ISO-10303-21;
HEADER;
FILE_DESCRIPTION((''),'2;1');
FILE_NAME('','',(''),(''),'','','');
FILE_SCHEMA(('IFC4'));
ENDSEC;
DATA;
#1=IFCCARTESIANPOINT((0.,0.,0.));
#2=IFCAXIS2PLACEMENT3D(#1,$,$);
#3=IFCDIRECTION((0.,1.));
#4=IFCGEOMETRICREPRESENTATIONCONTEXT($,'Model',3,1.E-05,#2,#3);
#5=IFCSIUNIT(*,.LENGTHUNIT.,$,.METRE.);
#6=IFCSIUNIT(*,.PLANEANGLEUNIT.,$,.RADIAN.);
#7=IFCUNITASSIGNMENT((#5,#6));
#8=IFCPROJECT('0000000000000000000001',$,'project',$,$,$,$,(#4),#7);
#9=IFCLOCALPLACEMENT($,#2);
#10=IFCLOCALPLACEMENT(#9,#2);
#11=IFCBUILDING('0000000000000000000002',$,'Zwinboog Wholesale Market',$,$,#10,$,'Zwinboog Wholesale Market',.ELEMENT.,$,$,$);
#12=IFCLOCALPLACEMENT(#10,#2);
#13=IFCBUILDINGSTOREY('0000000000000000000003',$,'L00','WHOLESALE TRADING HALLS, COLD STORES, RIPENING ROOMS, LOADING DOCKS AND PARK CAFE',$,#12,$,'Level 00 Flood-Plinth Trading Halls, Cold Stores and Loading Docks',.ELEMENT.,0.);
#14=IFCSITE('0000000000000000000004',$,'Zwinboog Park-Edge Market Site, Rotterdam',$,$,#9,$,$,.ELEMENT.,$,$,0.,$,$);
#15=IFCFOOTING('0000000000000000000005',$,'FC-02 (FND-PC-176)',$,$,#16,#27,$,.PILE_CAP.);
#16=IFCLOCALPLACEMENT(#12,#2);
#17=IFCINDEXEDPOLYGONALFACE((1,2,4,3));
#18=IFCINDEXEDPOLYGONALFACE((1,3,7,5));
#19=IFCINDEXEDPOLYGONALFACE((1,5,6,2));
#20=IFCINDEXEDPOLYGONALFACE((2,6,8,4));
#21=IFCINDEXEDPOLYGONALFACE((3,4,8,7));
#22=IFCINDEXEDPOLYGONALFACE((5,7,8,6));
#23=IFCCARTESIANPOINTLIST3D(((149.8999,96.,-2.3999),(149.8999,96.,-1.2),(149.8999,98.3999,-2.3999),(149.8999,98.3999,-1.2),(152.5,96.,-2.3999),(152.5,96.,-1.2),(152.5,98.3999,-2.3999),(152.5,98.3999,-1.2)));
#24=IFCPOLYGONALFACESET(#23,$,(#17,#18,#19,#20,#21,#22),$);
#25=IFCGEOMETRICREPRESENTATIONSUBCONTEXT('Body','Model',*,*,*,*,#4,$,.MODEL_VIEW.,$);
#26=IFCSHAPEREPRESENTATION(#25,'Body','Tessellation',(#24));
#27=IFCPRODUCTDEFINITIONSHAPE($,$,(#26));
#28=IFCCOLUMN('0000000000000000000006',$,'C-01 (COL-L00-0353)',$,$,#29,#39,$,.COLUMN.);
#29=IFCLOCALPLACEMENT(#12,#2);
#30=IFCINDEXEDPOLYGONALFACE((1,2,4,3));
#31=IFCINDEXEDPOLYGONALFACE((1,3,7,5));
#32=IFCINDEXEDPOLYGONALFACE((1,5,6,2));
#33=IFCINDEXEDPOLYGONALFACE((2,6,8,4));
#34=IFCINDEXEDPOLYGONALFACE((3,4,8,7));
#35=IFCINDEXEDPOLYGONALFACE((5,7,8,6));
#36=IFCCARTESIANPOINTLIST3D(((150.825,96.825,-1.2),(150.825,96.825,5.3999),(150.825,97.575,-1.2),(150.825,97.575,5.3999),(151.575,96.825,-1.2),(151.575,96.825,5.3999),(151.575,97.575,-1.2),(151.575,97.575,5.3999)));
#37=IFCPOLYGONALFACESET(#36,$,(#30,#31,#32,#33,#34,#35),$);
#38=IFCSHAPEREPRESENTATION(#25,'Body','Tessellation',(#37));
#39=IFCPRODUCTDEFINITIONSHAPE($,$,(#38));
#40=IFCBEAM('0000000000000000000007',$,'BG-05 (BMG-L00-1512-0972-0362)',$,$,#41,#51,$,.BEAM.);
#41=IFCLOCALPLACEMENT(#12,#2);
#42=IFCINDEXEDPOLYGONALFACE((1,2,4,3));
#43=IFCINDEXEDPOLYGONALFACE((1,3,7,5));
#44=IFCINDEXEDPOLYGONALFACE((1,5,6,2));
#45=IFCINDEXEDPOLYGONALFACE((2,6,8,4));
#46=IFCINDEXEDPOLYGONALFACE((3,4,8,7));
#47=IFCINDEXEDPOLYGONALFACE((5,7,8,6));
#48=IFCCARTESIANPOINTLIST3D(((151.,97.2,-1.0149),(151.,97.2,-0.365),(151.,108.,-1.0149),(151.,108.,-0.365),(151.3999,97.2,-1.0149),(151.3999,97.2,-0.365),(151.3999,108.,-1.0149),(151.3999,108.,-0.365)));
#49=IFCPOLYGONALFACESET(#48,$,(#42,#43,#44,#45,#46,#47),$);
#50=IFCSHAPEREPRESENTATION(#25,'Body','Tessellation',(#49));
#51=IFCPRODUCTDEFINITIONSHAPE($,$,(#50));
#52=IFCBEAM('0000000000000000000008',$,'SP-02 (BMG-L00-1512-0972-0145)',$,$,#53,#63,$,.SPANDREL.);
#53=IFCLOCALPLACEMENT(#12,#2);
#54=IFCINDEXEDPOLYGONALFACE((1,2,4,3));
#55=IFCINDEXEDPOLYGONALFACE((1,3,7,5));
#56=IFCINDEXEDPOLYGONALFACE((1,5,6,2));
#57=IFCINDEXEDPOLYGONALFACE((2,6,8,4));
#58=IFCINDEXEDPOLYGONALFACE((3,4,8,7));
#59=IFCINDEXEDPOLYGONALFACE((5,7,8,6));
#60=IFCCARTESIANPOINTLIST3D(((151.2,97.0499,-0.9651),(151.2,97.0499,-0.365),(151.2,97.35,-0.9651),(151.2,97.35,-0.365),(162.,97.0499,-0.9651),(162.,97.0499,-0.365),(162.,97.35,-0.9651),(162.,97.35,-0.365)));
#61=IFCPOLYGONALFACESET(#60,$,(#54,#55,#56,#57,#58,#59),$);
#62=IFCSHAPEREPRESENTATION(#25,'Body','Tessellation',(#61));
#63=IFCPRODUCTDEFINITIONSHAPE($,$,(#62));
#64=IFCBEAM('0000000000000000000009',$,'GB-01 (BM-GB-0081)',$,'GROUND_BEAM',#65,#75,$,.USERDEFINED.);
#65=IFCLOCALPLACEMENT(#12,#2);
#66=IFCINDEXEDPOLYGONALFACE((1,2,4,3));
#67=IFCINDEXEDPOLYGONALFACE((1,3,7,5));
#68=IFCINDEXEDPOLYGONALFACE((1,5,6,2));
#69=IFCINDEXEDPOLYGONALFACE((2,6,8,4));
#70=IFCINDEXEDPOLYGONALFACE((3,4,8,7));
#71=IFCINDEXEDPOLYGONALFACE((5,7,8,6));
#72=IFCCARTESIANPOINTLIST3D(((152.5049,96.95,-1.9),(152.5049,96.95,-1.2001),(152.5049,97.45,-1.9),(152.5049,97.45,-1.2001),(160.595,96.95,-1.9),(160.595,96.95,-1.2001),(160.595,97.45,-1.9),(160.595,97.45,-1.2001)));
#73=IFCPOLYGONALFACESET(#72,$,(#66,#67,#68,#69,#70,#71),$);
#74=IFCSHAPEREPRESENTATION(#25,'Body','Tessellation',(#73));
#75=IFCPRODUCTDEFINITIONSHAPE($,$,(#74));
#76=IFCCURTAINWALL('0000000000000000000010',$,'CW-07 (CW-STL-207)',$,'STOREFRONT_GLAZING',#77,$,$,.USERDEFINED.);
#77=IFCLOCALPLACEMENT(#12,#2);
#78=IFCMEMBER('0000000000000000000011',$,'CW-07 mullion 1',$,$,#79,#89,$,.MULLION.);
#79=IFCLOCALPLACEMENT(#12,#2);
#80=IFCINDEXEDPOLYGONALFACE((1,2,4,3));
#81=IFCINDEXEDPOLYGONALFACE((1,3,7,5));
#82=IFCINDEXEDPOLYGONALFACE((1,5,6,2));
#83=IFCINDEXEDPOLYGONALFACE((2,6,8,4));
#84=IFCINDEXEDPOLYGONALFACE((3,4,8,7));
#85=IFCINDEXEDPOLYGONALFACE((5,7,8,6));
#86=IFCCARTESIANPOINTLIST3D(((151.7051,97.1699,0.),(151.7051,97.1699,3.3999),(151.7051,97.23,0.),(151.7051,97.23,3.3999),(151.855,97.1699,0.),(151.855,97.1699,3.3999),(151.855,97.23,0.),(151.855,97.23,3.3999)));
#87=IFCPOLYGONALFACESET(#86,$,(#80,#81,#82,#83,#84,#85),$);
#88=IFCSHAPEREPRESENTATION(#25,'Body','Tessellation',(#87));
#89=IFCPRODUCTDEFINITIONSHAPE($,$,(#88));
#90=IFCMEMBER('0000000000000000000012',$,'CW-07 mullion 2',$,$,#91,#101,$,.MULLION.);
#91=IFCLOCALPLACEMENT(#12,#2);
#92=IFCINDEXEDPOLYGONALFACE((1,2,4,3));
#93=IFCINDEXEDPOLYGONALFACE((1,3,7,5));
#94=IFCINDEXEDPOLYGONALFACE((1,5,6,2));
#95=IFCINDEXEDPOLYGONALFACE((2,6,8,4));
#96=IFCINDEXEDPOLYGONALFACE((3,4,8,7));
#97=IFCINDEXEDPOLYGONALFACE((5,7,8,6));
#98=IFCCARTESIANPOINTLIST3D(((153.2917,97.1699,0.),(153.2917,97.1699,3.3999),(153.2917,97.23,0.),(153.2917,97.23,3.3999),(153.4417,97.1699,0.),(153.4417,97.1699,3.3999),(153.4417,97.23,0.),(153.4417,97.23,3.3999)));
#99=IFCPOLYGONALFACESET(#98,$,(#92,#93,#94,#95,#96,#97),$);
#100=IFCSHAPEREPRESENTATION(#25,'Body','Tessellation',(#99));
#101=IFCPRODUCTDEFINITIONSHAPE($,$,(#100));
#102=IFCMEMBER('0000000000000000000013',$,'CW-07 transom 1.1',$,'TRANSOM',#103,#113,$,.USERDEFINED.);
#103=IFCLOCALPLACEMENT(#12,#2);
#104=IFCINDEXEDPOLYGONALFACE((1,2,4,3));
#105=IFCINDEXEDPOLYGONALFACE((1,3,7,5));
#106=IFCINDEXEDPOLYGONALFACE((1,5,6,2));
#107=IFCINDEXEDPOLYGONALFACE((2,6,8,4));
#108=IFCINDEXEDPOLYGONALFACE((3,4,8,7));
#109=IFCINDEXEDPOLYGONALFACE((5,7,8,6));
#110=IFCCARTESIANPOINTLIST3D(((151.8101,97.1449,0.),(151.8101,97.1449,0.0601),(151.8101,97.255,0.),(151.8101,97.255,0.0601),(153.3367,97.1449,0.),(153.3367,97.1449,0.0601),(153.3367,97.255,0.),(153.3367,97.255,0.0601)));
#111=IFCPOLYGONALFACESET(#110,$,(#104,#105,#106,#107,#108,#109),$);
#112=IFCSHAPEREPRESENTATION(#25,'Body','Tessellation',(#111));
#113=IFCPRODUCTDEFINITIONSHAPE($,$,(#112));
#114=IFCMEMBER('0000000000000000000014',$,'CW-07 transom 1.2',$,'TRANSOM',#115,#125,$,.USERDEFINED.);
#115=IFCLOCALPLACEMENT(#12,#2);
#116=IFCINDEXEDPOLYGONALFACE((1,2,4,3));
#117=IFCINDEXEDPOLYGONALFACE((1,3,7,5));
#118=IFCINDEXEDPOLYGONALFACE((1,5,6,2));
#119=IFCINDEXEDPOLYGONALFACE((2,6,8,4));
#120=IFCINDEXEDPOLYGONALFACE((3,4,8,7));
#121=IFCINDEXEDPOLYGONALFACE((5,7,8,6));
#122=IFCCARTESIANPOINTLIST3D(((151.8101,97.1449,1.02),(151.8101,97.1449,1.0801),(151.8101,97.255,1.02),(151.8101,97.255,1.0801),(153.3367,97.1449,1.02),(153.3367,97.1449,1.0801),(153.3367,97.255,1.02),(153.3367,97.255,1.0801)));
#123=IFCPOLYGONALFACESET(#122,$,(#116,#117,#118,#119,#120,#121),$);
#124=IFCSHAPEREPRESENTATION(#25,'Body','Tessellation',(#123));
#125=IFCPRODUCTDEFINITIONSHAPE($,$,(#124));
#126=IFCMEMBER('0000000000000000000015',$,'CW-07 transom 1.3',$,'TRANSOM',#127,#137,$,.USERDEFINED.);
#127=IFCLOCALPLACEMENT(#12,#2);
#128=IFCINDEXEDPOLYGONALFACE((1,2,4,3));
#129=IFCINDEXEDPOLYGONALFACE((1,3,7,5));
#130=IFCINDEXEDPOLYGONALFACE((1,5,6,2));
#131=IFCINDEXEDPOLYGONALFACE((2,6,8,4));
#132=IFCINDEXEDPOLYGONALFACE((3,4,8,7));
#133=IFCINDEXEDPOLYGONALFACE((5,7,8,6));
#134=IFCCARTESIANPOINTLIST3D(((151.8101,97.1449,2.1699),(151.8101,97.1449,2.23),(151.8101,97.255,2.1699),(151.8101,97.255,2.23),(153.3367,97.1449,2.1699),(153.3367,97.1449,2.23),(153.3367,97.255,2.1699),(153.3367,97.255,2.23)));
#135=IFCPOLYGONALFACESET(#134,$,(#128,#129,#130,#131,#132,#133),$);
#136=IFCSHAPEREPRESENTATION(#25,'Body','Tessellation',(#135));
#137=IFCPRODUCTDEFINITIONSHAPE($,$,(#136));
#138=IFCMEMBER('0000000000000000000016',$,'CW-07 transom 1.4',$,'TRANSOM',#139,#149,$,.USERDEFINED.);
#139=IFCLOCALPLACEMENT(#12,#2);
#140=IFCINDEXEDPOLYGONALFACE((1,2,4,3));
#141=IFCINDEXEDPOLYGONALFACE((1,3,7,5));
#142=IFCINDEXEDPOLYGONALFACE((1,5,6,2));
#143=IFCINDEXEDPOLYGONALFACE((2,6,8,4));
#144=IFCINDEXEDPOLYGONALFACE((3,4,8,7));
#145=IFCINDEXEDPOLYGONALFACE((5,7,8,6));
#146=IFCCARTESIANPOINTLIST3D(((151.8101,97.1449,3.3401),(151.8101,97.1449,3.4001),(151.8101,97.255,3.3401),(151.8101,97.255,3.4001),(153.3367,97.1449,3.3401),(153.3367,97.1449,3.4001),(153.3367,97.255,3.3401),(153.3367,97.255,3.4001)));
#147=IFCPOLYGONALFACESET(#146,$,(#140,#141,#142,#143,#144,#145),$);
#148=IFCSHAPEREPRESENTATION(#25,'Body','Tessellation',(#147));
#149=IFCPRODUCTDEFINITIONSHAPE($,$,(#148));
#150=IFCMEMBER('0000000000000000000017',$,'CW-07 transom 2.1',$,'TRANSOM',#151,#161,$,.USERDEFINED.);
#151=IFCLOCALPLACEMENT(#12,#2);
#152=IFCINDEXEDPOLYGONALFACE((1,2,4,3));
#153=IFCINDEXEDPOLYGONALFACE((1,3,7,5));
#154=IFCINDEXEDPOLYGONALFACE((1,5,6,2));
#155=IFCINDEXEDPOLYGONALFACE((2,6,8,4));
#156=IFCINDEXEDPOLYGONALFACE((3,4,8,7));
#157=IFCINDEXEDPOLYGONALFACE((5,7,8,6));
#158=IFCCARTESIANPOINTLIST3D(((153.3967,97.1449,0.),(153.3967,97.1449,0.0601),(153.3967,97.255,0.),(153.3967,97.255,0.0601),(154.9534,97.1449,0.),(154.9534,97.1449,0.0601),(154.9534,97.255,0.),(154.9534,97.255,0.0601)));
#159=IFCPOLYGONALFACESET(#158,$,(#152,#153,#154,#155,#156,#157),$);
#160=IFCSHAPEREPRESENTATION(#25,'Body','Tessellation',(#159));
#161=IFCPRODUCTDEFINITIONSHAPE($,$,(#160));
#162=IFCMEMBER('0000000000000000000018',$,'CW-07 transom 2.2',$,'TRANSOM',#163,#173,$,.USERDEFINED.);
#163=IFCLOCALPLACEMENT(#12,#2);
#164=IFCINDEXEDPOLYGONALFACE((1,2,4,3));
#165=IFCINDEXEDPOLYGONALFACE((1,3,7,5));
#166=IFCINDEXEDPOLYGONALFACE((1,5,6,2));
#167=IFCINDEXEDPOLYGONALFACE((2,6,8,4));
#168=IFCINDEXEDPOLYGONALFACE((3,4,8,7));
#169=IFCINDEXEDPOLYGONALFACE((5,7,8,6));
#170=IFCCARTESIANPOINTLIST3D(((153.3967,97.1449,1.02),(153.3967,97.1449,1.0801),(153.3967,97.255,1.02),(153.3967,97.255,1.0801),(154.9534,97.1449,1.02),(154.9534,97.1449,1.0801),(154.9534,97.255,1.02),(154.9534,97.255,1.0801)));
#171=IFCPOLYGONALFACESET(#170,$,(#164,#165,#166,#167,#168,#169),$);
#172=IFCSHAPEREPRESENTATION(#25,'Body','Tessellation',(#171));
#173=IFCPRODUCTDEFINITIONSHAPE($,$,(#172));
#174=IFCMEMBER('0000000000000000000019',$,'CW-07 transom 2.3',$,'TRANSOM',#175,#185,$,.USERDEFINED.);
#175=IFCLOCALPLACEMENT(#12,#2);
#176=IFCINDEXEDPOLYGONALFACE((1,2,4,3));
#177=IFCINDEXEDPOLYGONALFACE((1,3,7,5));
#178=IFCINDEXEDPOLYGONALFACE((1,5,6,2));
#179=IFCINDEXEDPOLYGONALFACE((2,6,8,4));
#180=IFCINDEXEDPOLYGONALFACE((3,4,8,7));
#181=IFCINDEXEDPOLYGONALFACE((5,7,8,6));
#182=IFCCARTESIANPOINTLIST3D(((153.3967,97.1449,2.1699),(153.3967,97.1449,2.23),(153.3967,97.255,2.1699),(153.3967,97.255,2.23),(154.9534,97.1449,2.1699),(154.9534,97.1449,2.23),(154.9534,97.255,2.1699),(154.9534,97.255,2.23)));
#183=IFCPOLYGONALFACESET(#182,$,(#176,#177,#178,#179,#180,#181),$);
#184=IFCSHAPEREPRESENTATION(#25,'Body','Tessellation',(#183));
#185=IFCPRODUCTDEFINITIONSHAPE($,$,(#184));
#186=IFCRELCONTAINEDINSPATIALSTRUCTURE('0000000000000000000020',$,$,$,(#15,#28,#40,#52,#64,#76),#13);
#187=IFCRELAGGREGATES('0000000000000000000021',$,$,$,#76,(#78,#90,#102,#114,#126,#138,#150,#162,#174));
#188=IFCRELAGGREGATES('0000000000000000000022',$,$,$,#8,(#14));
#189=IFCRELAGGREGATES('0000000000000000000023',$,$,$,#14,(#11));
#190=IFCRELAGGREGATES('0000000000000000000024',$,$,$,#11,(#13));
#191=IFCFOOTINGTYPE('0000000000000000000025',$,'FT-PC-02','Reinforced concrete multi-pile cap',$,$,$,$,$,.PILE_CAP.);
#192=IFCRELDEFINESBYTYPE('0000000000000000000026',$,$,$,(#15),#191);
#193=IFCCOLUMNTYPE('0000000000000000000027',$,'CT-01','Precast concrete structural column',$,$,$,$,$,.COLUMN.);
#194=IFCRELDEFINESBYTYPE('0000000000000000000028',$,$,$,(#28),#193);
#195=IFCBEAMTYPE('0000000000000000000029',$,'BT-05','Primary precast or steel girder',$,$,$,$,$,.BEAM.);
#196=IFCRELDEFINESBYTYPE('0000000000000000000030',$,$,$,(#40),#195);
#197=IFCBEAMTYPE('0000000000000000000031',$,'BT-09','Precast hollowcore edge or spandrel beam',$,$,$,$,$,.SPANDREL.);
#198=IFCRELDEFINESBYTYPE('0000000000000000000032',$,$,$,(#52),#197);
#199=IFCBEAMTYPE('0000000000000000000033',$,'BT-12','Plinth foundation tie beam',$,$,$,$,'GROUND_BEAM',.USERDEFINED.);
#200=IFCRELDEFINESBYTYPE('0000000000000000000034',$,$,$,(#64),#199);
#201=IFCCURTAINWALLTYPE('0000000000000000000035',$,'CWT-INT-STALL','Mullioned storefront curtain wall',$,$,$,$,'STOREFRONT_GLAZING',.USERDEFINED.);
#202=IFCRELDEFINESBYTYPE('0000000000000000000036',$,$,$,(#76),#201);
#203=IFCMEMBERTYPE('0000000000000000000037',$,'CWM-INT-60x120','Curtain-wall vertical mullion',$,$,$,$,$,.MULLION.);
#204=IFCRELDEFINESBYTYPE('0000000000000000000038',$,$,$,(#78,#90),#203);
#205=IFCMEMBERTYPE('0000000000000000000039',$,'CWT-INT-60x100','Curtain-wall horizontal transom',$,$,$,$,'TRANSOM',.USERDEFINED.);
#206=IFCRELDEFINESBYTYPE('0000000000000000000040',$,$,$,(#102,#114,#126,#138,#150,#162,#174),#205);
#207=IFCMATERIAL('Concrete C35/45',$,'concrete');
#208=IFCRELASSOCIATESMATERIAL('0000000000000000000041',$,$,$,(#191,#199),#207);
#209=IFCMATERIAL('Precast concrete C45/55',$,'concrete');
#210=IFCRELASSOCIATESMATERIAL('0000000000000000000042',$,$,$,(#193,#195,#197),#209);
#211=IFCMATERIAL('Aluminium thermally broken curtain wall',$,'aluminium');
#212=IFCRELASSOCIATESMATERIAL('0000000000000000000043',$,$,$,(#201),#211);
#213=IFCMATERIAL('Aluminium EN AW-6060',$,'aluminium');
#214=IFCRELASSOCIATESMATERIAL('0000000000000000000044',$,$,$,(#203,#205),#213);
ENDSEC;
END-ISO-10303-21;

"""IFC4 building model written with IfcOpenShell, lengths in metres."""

from ifc_helpers import new_model, si_unit, direction, frame, origin, origin_2d, place, context, subcontext, project, spatial, rectangle, extrude, material, material_profile, profile_set, type_object, element, aggregate, save


model = new_model("IFC4")

# Units and contexts
model_context = context("Model", 3, precision=1e-05, world=origin(), true_north=direction((0.0, 1.0)))
body_context = subcontext(model_context, "Body", "Model", "MODEL_VIEW")
ifc_project = project(units=[si_unit("LENGTHUNIT", "METRE"), si_unit("PLANEANGLEUNIT", "RADIAN")], contexts=[model_context])

# Site, building, storey
site_placement = place(None, origin())
site = spatial("IfcSite", under=ifc_project, at=site_placement, Name="Zwinboog Park-Edge Market Site, Rotterdam", CompositionType="ELEMENT", RefElevation=0.0)
building_placement = place(site_placement, origin())
building = spatial("IfcBuilding", under=site, at=building_placement, Name="Zwinboog Wholesale Market", LongName="Zwinboog Wholesale Market", CompositionType="ELEMENT")
storey_placement = place(building_placement, origin())
storey = spatial("IfcBuildingStorey", under=building, at=storey_placement, Name="L00", Description="WHOLESALE TRADING HALLS, COLD STORES, RIPENING ROOMS, LOADING DOCKS AND PARK CAFE", LongName="Level 00 Flood-Plinth Trading Halls, Cold Stores and Loading Docks", CompositionType="ELEMENT", Elevation=0.0)

# Footing
ifc_material_1 = material(Name="Concrete C35/45", Category="concrete")
footing_type = type_object("IfcFootingType", Name="FT-PC-02", Description="Reinforced concrete multi-pile cap", PredefinedType="PILE_CAP", material=ifc_material_1)
footing_placement = place(storey_placement, frame((151.2, 97.2, -2.3999), z_axis=(0.0, 0.0, 1.0), x_axis=(1.0, 0.0, 0.0)))
element("IfcFooting", 1, at=footing_placement, inside=storey, type_object=footing_type, Name="FC-02 (FND-PC-176)", PredefinedType="PILE_CAP", context=body_context, shape_type="SweptSolid", body=[
    extrude(rectangle(XDim=2.6001, YDim=2.3999, at=origin_2d()), origin(), (0.0, 0.0, 1.0), 1.2),
])

# Column
ifc_material_2 = material(Name="Precast concrete C45/55", Category="concrete")
ifc_material_profile_1 = material_profile(ifc_material_2, rectangle(XDim=0.75, YDim=0.75, at=origin_2d()), Name="PC 750x750")
ifc_profile_set_1 = profile_set([ifc_material_profile_1], Name="Precast concrete C45/55")
column_type = type_object("IfcColumnType", Name="CT-01", Description="Precast concrete structural column", PredefinedType="COLUMN", material=ifc_profile_set_1)
column_placement = place(storey_placement, frame((151.2, 97.2, -1.2), z_axis=(0.0, 0.0, 1.0), x_axis=(1.0, 0.0, 0.0)))
element("IfcColumn", 2, at=column_placement, inside=storey, type_object=column_type, Name="C-01 (COL-L00-0353)", PredefinedType="COLUMN", context=body_context, shape_type="SweptSolid", body=[
    extrude(rectangle(XDim=0.75, YDim=0.75, at=origin_2d()), origin(), (0.0, 0.0, 1.0), 6.5999),
])

# Beams
ifc_material_profile_2 = material_profile(ifc_material_2, rectangle(XDim=0.3999, YDim=0.6499, at=origin_2d()), Name="PC 400x650")
ifc_profile_set_2 = profile_set([ifc_material_profile_2], Name="Precast concrete C45/55")
beam_type_1 = type_object("IfcBeamType", Name="BT-05", Description="Primary precast or steel girder", PredefinedType="BEAM", material=ifc_profile_set_2)
beam_1_placement = place(storey_placement, frame((151.2, 97.2, -0.6899), z_axis=(0.0, 1.0, 0.0), x_axis=(-1.0, 0.0, 0.0)))
element("IfcBeam", 3, at=beam_1_placement, inside=storey, type_object=beam_type_1, Name="BG-05 (BMG-L00-1512-0972-0362)", PredefinedType="BEAM", context=body_context, shape_type="SweptSolid", body=[
    extrude(rectangle(XDim=0.3999, YDim=0.6499, at=origin_2d()), origin(), (0.0, 0.0, 1.0), 10.8),
])
ifc_material_profile_3 = material_profile(ifc_material_2, rectangle(XDim=0.3, YDim=0.6001, at=origin_2d()), Name="PC 300x600")
ifc_profile_set_3 = profile_set([ifc_material_profile_3], Name="Precast concrete C45/55")
beam_type_2 = type_object("IfcBeamType", Name="BT-09", Description="Precast hollowcore edge or spandrel beam", PredefinedType="SPANDREL", material=ifc_profile_set_3)
beam_2_placement = place(storey_placement, frame((151.2, 97.2, -0.665), z_axis=(1.0, 0.0, 0.0), x_axis=(0.0, 1.0, 0.0)))
element("IfcBeam", 4, at=beam_2_placement, inside=storey, type_object=beam_type_2, Name="SP-02 (BMG-L00-1512-0972-0145)", PredefinedType="SPANDREL", context=body_context, shape_type="SweptSolid", body=[
    extrude(rectangle(XDim=0.3, YDim=0.6001, at=origin_2d()), origin(), (0.0, 0.0, 1.0), 10.8),
])
ifc_material_profile_4 = material_profile(ifc_material_1, rectangle(XDim=0.5, YDim=0.7, at=origin_2d()), Name="RC 500x700")
ifc_profile_set_4 = profile_set([ifc_material_profile_4], Name="Concrete C35/45")
beam_type_3 = type_object("IfcBeamType", Name="BT-12", Description="Plinth foundation tie beam", ElementType="GROUND_BEAM", PredefinedType="USERDEFINED", material=ifc_profile_set_4)
beam_3_placement = place(storey_placement, frame((152.5049, 97.2, -1.55), z_axis=(1.0, 0.0, 0.0), x_axis=(0.0, 1.0, 0.0)))
element("IfcBeam", 5, at=beam_3_placement, inside=storey, type_object=beam_type_3, Name="GB-01 (BM-GB-0081)", ObjectType="GROUND_BEAM", PredefinedType="USERDEFINED", context=body_context, shape_type="SweptSolid", body=[
    extrude(rectangle(XDim=0.5, YDim=0.7, at=origin_2d()), origin(), (0.0, 0.0, 1.0), 8.0901),
])

# Curtain wall, members
ifc_material_3 = material(Name="Aluminium thermally broken curtain wall", Category="aluminium")
curtain_wall_type = type_object("IfcCurtainWallType", Name="CWT-INT-STALL", Description="Mullioned storefront curtain wall", ElementType="STOREFRONT_GLAZING", PredefinedType="USERDEFINED", material=ifc_material_3)
curtain_wall_placement = place(storey_placement, origin())
curtain_wall = element("IfcCurtainWall", 6, at=curtain_wall_placement, inside=storey, type_object=curtain_wall_type, Name="CW-07 (CW-STL-207)", ObjectType="STOREFRONT_GLAZING", PredefinedType="USERDEFINED")
ifc_material_4 = material(Name="Aluminium EN AW-6060", Category="aluminium")
ifc_material_profile_5 = material_profile(ifc_material_4, rectangle(XDim=0.0601, YDim=0.1499, at=origin_2d()), Name="AL 60x150")
ifc_profile_set_5 = profile_set([ifc_material_profile_5], Name="Aluminium EN AW-6060")
member_type_1 = type_object("IfcMemberType", Name="CWM-INT-60x120", Description="Curtain-wall vertical mullion", PredefinedType="MULLION", material=ifc_profile_set_5)
member_1_placement = place(storey_placement, frame((151.78, 97.2, 0.0), z_axis=(0.0, 0.0, 1.0), x_axis=(0.0, 1.0, 0.0)))
member_1 = element("IfcMember", 7, at=member_1_placement, type_object=member_type_1, Name="CW-07 mullion 1", PredefinedType="MULLION", context=body_context, shape_type="SweptSolid", body=[
    extrude(rectangle(XDim=0.0601, YDim=0.1499, at=origin_2d()), origin(), (0.0, 0.0, 1.0), 3.3999),
])
member_2_placement = place(storey_placement, frame((153.3667, 97.2, 0.0), z_axis=(0.0, 0.0, 1.0), x_axis=(0.0, 1.0, 0.0)))
member_2 = element("IfcMember", 8, at=member_2_placement, type_object=member_type_1, Name="CW-07 mullion 2", PredefinedType="MULLION", context=body_context, shape_type="SweptSolid", body=[
    extrude(rectangle(XDim=0.0601, YDim=0.1499, at=origin_2d()), origin(), (0.0, 0.0, 1.0), 3.3999),
])
ifc_material_profile_6 = material_profile(ifc_material_4, rectangle(XDim=0.1101, YDim=0.0601, at=origin_2d()), Name="AL 60x110")
ifc_profile_set_6 = profile_set([ifc_material_profile_6], Name="Aluminium EN AW-6060")
member_type_2 = type_object("IfcMemberType", Name="CWT-INT-60x100", Description="Curtain-wall horizontal transom", ElementType="TRANSOM", PredefinedType="USERDEFINED", material=ifc_profile_set_6)
member_3_placement = place(storey_placement, frame((151.8101, 97.2, 0.03), z_axis=(1.0, 0.0, 0.0), x_axis=(0.0, 1.0, 0.0)))
member_3 = element("IfcMember", 9, at=member_3_placement, type_object=member_type_2, Name="CW-07 transom 1.1", ObjectType="TRANSOM", PredefinedType="USERDEFINED", context=body_context, shape_type="SweptSolid", body=[
    extrude(rectangle(XDim=0.1101, YDim=0.0601, at=origin_2d()), origin(), (0.0, 0.0, 1.0), 1.5266),
])
member_4_placement = place(storey_placement, frame((151.8101, 97.2, 1.05), z_axis=(1.0, 0.0, 0.0), x_axis=(0.0, 1.0, 0.0)))
member_4 = element("IfcMember", 10, at=member_4_placement, type_object=member_type_2, Name="CW-07 transom 1.2", ObjectType="TRANSOM", PredefinedType="USERDEFINED", context=body_context, shape_type="SweptSolid", body=[
    extrude(rectangle(XDim=0.1101, YDim=0.0601, at=origin_2d()), origin(), (0.0, 0.0, 1.0), 1.5266),
])
member_5_placement = place(storey_placement, frame((151.8101, 97.2, 2.2), z_axis=(1.0, 0.0, 0.0), x_axis=(0.0, 1.0, 0.0)))
member_5 = element("IfcMember", 11, at=member_5_placement, type_object=member_type_2, Name="CW-07 transom 1.3", ObjectType="TRANSOM", PredefinedType="USERDEFINED", context=body_context, shape_type="SweptSolid", body=[
    extrude(rectangle(XDim=0.1101, YDim=0.0601, at=origin_2d()), origin(), (0.0, 0.0, 1.0), 1.5266),
])
member_6_placement = place(storey_placement, frame((151.8101, 97.2, 3.3701), z_axis=(1.0, 0.0, 0.0), x_axis=(0.0, 1.0, 0.0)))
member_6 = element("IfcMember", 12, at=member_6_placement, type_object=member_type_2, Name="CW-07 transom 1.4", ObjectType="TRANSOM", PredefinedType="USERDEFINED", context=body_context, shape_type="SweptSolid", body=[
    extrude(rectangle(XDim=0.1101, YDim=0.0601, at=origin_2d()), origin(), (0.0, 0.0, 1.0), 1.5266),
])
member_7_placement = place(storey_placement, frame((153.3967, 97.2, 0.03), z_axis=(1.0, 0.0, 0.0), x_axis=(0.0, 1.0, 0.0)))
member_7 = element("IfcMember", 13, at=member_7_placement, type_object=member_type_2, Name="CW-07 transom 2.1", ObjectType="TRANSOM", PredefinedType="USERDEFINED", context=body_context, shape_type="SweptSolid", body=[
    extrude(rectangle(XDim=0.1101, YDim=0.0601, at=origin_2d()), origin(), (0.0, 0.0, 1.0), 1.5566),
])
member_8_placement = place(storey_placement, frame((153.3967, 97.2, 1.05), z_axis=(1.0, 0.0, 0.0), x_axis=(0.0, 1.0, 0.0)))
member_8 = element("IfcMember", 14, at=member_8_placement, type_object=member_type_2, Name="CW-07 transom 2.2", ObjectType="TRANSOM", PredefinedType="USERDEFINED", context=body_context, shape_type="SweptSolid", body=[
    extrude(rectangle(XDim=0.1101, YDim=0.0601, at=origin_2d()), origin(), (0.0, 0.0, 1.0), 1.5566),
])
member_9_placement = place(storey_placement, frame((153.3967, 97.2, 2.2), z_axis=(1.0, 0.0, 0.0), x_axis=(0.0, 1.0, 0.0)))
member_9 = element("IfcMember", 15, at=member_9_placement, type_object=member_type_2, Name="CW-07 transom 2.3", ObjectType="TRANSOM", PredefinedType="USERDEFINED", context=body_context, shape_type="SweptSolid", body=[
    extrude(rectangle(XDim=0.1101, YDim=0.0601, at=origin_2d()), origin(), (0.0, 0.0, 1.0), 1.5566),
])
aggregate(curtain_wall, [member_1, member_2, member_3, member_4, member_5, member_6, member_7, member_8, member_9])

save(model, "model.ifc")
